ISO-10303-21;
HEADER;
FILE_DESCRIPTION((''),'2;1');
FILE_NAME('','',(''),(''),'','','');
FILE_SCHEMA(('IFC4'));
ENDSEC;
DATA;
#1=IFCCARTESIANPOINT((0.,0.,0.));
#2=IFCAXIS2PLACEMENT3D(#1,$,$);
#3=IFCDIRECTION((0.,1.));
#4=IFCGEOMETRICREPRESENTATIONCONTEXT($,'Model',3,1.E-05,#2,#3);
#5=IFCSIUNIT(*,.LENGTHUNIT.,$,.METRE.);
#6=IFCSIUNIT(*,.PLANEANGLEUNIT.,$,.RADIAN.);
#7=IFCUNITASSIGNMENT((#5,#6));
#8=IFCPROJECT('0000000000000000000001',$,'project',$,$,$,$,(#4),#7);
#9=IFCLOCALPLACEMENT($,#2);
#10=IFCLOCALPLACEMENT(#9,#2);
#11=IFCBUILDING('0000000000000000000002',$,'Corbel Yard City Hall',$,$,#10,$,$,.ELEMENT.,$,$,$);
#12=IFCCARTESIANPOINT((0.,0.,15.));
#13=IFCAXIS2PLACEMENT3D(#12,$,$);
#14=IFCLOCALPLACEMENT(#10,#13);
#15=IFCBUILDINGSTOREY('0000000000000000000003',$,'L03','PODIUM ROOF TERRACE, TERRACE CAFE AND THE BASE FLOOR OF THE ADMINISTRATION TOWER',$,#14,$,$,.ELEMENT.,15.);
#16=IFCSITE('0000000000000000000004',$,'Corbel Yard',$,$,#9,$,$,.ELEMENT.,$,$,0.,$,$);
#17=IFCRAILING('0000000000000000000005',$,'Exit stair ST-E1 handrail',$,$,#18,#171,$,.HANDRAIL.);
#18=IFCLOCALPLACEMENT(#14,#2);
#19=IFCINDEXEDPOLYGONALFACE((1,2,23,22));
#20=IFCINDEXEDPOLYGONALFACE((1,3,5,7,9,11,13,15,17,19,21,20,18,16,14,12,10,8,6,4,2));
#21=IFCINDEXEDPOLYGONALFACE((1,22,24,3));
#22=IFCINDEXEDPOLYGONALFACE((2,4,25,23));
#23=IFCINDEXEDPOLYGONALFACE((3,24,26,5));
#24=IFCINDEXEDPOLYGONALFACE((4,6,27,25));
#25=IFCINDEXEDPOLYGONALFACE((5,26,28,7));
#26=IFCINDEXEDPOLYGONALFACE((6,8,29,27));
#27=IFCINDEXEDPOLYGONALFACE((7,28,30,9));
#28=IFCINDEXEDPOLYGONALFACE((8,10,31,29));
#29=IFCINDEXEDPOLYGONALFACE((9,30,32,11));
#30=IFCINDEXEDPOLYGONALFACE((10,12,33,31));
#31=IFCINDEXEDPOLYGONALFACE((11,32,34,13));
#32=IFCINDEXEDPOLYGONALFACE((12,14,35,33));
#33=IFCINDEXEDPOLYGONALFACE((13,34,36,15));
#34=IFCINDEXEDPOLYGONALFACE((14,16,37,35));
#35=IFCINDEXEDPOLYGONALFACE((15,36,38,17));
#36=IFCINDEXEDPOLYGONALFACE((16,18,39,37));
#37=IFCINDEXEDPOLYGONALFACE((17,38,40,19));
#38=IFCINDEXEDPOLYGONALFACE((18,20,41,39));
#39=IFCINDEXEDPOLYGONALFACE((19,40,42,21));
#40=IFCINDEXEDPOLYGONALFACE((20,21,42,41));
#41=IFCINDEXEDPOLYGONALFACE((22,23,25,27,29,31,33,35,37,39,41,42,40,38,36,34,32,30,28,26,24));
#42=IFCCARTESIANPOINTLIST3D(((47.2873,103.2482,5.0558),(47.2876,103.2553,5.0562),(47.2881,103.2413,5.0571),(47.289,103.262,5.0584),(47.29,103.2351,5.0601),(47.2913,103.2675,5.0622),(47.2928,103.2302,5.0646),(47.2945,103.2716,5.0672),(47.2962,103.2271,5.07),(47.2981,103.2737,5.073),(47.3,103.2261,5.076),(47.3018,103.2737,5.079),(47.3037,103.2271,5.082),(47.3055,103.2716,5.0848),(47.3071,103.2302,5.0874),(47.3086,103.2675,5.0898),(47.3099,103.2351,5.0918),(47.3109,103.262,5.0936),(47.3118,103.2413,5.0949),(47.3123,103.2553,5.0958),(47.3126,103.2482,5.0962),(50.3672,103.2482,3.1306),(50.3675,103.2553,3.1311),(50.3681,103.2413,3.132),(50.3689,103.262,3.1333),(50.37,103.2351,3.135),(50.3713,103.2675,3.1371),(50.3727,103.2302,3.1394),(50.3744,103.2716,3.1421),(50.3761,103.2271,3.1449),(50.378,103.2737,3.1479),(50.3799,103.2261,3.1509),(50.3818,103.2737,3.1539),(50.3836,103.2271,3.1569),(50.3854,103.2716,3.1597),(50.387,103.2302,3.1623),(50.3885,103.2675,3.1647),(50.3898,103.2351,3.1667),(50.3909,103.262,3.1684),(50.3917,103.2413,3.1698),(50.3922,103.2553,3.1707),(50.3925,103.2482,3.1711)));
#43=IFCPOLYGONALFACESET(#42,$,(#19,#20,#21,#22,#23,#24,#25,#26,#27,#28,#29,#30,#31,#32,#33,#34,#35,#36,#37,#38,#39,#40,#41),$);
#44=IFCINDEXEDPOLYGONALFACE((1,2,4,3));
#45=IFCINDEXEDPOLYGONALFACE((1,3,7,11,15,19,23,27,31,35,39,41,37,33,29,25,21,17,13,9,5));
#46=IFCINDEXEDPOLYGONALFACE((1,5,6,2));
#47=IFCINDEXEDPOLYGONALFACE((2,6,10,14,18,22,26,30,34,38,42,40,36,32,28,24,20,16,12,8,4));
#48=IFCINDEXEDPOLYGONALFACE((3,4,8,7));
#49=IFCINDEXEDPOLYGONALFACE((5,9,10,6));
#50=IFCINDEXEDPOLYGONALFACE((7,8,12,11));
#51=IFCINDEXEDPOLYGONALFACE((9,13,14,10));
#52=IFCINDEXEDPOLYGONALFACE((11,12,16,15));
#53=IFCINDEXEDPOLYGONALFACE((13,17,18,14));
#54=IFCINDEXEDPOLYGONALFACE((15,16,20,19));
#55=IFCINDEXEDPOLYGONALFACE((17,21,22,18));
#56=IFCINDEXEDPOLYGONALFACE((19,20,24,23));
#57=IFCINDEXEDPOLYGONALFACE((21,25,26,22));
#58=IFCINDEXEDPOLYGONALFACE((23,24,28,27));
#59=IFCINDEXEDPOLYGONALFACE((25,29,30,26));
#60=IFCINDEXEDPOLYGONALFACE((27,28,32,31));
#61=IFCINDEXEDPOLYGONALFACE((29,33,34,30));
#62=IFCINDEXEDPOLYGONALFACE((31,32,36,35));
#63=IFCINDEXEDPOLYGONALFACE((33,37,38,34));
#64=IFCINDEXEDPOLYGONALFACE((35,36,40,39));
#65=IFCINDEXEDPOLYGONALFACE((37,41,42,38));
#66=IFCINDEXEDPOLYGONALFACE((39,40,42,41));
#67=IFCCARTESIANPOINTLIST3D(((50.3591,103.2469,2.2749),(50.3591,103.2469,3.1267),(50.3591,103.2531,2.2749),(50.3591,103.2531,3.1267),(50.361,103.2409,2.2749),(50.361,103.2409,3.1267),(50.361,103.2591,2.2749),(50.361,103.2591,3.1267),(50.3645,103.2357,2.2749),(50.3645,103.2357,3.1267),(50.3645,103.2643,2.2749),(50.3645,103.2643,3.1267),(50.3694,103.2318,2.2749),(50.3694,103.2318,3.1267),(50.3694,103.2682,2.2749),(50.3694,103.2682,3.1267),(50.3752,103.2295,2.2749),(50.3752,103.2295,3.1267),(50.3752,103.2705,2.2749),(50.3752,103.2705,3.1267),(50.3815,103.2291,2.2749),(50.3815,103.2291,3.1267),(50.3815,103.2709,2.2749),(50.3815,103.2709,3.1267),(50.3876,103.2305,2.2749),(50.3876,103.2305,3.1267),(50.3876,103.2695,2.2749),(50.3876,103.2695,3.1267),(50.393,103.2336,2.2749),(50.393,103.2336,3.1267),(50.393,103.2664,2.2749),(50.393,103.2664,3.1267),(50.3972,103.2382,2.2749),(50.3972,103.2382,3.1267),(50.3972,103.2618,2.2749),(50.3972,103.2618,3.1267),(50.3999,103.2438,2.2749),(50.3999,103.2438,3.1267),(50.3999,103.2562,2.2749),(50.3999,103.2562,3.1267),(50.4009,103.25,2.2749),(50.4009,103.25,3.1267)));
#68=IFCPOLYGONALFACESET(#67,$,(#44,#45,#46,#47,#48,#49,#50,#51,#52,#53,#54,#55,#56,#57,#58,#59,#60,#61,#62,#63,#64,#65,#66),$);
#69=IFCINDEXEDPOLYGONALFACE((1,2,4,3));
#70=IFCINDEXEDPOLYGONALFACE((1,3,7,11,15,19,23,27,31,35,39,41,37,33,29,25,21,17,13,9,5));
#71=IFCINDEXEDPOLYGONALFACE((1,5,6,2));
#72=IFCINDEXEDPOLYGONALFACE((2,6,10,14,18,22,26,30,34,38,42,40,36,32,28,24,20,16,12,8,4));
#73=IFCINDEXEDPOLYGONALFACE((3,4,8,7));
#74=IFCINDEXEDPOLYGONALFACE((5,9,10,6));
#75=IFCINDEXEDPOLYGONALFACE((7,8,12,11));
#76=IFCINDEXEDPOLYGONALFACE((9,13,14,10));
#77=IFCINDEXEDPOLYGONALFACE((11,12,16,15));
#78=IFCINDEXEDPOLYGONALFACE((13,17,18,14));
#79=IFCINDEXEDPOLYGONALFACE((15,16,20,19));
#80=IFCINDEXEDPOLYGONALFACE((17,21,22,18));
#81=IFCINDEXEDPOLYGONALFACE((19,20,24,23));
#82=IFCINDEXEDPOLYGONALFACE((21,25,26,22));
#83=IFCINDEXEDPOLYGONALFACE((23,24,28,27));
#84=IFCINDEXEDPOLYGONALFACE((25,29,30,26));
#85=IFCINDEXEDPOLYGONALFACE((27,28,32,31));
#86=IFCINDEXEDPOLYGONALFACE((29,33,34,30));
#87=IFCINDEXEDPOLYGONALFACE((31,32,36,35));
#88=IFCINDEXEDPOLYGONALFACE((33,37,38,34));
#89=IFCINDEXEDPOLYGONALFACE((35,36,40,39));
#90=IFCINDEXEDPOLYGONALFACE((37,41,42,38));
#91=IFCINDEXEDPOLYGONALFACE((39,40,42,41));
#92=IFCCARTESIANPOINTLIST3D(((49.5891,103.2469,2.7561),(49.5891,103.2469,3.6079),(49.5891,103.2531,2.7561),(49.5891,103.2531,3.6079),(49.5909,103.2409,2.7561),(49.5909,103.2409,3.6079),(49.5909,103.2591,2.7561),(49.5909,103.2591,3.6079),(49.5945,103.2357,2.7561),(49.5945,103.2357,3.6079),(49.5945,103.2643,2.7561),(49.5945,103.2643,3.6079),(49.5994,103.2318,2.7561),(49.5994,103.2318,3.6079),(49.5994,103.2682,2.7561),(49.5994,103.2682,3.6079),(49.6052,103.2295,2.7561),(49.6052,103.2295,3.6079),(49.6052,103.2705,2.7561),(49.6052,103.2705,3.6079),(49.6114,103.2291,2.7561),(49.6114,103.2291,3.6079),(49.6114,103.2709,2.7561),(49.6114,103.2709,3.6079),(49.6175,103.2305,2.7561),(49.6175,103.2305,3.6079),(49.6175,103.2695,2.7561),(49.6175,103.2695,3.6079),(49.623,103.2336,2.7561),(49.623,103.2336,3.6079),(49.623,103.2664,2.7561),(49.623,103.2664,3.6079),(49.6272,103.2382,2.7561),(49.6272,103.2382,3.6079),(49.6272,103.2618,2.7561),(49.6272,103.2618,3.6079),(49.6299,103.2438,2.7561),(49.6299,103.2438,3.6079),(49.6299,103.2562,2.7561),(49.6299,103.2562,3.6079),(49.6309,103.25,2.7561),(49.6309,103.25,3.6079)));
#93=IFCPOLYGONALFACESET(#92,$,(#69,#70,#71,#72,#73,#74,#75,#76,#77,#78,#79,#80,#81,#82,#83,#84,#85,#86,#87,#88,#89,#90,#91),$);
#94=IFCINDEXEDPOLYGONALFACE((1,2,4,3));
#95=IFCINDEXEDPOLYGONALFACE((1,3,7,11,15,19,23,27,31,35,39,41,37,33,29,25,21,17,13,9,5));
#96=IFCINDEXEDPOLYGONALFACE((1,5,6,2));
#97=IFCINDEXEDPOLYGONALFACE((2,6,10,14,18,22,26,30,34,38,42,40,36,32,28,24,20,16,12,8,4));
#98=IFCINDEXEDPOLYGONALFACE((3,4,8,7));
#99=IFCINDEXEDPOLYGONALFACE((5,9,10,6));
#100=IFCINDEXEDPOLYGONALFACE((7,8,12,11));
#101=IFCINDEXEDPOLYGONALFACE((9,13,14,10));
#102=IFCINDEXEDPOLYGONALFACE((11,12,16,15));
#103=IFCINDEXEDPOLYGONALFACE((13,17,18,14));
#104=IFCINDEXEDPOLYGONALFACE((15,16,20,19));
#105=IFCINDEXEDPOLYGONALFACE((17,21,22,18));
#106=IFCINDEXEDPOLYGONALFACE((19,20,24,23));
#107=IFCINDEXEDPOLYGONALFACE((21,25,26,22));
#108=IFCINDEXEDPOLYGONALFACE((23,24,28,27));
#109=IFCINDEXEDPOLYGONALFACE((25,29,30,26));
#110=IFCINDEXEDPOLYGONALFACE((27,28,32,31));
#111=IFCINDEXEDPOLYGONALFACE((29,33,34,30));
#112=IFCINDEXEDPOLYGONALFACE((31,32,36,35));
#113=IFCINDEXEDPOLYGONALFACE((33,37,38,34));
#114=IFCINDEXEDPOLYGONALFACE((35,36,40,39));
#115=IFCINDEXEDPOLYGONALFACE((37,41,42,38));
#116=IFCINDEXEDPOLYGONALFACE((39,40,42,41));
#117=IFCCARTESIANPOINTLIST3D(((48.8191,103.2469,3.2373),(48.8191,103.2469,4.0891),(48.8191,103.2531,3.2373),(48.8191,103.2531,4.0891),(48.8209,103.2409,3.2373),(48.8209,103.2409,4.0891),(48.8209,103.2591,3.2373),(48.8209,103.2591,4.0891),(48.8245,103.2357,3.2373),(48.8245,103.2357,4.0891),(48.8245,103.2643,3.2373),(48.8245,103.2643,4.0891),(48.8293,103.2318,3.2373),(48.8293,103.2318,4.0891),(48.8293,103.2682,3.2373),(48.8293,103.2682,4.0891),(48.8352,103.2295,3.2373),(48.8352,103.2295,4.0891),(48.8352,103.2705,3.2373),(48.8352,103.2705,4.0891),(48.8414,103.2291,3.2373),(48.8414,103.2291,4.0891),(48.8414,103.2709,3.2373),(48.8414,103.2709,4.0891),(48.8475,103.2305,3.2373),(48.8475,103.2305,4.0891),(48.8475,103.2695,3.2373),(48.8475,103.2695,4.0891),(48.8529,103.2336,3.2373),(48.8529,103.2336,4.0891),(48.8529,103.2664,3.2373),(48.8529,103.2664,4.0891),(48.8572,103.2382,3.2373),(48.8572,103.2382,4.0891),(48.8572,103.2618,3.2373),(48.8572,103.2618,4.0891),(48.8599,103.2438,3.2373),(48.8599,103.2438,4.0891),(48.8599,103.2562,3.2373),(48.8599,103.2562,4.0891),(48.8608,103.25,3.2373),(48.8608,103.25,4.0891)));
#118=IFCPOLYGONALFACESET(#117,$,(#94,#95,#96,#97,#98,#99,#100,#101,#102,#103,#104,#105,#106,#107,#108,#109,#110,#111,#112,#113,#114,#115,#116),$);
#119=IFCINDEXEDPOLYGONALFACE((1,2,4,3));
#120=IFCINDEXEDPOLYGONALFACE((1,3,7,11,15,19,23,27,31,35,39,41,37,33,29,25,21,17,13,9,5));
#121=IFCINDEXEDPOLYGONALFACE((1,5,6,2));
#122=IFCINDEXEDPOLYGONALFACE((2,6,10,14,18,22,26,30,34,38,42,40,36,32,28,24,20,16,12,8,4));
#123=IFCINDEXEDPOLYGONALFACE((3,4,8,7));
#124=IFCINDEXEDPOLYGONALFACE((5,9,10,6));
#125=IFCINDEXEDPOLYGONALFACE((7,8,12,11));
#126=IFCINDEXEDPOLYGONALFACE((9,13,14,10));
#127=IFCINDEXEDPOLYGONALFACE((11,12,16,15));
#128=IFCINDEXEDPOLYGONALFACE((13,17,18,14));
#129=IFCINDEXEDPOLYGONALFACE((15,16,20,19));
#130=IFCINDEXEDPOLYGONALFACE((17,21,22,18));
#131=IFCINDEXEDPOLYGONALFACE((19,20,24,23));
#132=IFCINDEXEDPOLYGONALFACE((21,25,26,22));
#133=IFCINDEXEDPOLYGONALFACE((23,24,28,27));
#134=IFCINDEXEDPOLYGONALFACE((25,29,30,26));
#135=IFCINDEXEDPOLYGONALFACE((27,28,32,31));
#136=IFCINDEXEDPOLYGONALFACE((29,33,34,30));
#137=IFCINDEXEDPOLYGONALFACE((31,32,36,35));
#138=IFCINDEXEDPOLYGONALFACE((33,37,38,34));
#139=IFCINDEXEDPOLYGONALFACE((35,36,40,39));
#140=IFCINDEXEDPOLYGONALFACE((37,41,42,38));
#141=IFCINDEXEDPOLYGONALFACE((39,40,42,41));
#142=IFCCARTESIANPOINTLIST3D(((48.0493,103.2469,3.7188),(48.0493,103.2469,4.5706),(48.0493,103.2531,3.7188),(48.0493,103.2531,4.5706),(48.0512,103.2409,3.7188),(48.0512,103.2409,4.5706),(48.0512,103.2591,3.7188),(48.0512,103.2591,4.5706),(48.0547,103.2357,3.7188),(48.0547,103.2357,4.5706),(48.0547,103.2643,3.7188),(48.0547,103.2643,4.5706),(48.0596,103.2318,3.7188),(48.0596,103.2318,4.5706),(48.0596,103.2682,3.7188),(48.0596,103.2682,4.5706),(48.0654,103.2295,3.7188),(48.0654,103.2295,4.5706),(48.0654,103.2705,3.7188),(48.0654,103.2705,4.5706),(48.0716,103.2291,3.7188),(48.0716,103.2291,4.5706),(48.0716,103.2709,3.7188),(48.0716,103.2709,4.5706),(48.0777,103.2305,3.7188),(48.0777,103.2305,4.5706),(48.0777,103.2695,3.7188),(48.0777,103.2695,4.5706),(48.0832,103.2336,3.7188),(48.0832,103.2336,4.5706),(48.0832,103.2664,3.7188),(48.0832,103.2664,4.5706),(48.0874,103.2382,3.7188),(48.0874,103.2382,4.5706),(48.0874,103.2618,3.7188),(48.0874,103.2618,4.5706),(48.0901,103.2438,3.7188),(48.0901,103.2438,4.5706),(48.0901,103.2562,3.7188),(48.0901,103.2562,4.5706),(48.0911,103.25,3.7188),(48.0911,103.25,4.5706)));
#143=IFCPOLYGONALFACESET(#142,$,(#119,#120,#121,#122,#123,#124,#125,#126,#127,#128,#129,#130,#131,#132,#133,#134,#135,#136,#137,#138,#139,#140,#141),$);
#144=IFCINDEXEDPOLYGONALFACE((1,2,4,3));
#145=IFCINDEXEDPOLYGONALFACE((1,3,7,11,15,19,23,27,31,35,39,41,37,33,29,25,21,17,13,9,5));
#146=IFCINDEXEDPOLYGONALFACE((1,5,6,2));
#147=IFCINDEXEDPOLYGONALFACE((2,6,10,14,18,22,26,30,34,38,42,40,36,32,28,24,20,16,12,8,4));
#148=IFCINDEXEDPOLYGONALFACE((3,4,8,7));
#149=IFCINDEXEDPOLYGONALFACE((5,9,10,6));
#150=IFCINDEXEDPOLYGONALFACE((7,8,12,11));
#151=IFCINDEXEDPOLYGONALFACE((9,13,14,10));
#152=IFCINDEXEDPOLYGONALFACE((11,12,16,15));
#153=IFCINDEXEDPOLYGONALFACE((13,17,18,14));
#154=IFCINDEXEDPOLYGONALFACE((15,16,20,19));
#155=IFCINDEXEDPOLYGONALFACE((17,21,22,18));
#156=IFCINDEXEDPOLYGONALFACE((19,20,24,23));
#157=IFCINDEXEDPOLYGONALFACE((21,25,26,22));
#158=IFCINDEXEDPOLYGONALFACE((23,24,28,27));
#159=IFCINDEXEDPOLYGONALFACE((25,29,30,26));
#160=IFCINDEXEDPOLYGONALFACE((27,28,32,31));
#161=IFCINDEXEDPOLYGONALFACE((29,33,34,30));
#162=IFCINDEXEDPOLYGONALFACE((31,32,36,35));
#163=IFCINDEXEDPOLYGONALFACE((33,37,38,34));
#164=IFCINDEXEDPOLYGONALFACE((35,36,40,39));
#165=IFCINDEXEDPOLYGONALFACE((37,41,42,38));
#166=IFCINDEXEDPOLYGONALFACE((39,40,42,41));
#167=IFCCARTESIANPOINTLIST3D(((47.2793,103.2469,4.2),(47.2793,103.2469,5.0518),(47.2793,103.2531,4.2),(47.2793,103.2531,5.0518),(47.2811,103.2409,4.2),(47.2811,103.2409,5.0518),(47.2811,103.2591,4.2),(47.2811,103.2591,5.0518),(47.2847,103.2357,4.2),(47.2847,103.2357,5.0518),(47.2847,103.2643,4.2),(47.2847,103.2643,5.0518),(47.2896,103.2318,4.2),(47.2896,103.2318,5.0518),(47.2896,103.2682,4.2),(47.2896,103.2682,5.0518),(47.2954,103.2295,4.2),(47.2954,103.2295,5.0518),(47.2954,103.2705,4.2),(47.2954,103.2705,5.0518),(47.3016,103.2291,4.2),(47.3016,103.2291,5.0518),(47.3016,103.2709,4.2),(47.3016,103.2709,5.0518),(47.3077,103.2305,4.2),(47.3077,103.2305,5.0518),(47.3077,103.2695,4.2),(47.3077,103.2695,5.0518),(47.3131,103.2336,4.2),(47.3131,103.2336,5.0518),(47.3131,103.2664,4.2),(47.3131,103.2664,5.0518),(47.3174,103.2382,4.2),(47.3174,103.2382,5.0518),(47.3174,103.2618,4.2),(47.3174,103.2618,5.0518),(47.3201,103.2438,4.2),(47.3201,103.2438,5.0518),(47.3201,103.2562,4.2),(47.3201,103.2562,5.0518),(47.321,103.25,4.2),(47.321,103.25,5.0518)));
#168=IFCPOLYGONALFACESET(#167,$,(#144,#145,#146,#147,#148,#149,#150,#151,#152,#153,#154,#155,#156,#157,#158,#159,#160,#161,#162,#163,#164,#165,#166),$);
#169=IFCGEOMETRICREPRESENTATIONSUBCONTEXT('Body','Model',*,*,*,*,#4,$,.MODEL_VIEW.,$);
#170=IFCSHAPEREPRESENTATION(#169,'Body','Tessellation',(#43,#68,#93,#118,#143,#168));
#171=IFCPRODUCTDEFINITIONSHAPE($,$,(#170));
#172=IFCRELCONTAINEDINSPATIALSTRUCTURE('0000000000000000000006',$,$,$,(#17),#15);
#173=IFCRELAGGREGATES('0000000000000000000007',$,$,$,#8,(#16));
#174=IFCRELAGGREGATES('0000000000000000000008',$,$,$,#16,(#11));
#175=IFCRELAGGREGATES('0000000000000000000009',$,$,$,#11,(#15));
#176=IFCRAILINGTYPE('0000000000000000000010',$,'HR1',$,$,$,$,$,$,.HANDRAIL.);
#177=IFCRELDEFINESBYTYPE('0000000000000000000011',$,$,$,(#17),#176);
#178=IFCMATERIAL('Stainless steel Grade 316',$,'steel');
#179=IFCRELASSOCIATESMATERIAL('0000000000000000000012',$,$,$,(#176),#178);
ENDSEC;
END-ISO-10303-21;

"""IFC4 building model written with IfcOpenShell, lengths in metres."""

from ifc_helpers import new_model, si_unit, direction, frame, origin, origin_2d, place, context, subcontext, project, spatial, circle, extrude, material, type_object, element, save


model = new_model("IFC4")

# Units and contexts
model_context = context("Model", 3, precision=1e-05, world=origin(), true_north=direction((0.0, 1.0)))
body_context = subcontext(model_context, "Body", "Model", "MODEL_VIEW")
ifc_project = project(units=[si_unit("LENGTHUNIT", "METRE"), si_unit("PLANEANGLEUNIT", "RADIAN")], contexts=[model_context])

# Site, building, storey
site_placement = place(None, origin())
site = spatial("IfcSite", under=ifc_project, at=site_placement, Name="Corbel Yard", CompositionType="ELEMENT", RefElevation=0.0)
building_placement = place(site_placement, origin())
building = spatial("IfcBuilding", under=site, at=building_placement, Name="Corbel Yard City Hall", CompositionType="ELEMENT")
storey_placement = place(building_placement, frame((0.0, 0.0, 15.0)))
storey = spatial("IfcBuildingStorey", under=building, at=storey_placement, Name="L03", Description="PODIUM ROOF TERRACE, TERRACE CAFE AND THE BASE FLOOR OF THE ADMINISTRATION TOWER", CompositionType="ELEMENT", Elevation=15.0)

# Railing
ifc_material_1 = material(Name="Stainless steel Grade 316", Category="steel")
railing_type = type_object("IfcRailingType", Name="HR1", PredefinedType="HANDRAIL", material=ifc_material_1)
railing_placement = place(storey_placement, frame((50.3799, 103.25, 2.2749)))
element("IfcRailing", 1, at=railing_placement, inside=storey, type_object=railing_type, Name="Exit stair ST-E1 handrail", PredefinedType="HANDRAIL", context=body_context, shape_type="SweptSolid", body=[
    extrude(circle(Radius=0.0239, at=origin_2d()), frame((0.0, 0.0, 0.876), z_axis=(-0.847979, 0.0, 0.530029), x_axis=(0.0, -1.0, 0.0)), (0.0, 0.0, 1.0), 3.6321),
    extrude(circle(Radius=0.021, at=origin_2d()), origin(), (0.0, 0.0, 1.0), 0.8518),
    extrude(circle(Radius=0.021, at=origin_2d()), frame((-0.77, 0.0, 0.4812)), (0.0, 0.0, 1.0), 0.8518),
    extrude(circle(Radius=0.021, at=origin_2d()), frame((-1.54, 0.0, 0.9624)), (0.0, 0.0, 1.0), 0.8518),
    extrude(circle(Radius=0.021, at=origin_2d()), frame((-2.3098, 0.0, 1.4438)), (0.0, 0.0, 1.0), 0.8518),
    extrude(circle(Radius=0.021, at=origin_2d()), frame((-3.0798, 0.0, 1.925)), (0.0, 0.0, 1.0), 0.8518),
])

save(model, "model.ifc")
